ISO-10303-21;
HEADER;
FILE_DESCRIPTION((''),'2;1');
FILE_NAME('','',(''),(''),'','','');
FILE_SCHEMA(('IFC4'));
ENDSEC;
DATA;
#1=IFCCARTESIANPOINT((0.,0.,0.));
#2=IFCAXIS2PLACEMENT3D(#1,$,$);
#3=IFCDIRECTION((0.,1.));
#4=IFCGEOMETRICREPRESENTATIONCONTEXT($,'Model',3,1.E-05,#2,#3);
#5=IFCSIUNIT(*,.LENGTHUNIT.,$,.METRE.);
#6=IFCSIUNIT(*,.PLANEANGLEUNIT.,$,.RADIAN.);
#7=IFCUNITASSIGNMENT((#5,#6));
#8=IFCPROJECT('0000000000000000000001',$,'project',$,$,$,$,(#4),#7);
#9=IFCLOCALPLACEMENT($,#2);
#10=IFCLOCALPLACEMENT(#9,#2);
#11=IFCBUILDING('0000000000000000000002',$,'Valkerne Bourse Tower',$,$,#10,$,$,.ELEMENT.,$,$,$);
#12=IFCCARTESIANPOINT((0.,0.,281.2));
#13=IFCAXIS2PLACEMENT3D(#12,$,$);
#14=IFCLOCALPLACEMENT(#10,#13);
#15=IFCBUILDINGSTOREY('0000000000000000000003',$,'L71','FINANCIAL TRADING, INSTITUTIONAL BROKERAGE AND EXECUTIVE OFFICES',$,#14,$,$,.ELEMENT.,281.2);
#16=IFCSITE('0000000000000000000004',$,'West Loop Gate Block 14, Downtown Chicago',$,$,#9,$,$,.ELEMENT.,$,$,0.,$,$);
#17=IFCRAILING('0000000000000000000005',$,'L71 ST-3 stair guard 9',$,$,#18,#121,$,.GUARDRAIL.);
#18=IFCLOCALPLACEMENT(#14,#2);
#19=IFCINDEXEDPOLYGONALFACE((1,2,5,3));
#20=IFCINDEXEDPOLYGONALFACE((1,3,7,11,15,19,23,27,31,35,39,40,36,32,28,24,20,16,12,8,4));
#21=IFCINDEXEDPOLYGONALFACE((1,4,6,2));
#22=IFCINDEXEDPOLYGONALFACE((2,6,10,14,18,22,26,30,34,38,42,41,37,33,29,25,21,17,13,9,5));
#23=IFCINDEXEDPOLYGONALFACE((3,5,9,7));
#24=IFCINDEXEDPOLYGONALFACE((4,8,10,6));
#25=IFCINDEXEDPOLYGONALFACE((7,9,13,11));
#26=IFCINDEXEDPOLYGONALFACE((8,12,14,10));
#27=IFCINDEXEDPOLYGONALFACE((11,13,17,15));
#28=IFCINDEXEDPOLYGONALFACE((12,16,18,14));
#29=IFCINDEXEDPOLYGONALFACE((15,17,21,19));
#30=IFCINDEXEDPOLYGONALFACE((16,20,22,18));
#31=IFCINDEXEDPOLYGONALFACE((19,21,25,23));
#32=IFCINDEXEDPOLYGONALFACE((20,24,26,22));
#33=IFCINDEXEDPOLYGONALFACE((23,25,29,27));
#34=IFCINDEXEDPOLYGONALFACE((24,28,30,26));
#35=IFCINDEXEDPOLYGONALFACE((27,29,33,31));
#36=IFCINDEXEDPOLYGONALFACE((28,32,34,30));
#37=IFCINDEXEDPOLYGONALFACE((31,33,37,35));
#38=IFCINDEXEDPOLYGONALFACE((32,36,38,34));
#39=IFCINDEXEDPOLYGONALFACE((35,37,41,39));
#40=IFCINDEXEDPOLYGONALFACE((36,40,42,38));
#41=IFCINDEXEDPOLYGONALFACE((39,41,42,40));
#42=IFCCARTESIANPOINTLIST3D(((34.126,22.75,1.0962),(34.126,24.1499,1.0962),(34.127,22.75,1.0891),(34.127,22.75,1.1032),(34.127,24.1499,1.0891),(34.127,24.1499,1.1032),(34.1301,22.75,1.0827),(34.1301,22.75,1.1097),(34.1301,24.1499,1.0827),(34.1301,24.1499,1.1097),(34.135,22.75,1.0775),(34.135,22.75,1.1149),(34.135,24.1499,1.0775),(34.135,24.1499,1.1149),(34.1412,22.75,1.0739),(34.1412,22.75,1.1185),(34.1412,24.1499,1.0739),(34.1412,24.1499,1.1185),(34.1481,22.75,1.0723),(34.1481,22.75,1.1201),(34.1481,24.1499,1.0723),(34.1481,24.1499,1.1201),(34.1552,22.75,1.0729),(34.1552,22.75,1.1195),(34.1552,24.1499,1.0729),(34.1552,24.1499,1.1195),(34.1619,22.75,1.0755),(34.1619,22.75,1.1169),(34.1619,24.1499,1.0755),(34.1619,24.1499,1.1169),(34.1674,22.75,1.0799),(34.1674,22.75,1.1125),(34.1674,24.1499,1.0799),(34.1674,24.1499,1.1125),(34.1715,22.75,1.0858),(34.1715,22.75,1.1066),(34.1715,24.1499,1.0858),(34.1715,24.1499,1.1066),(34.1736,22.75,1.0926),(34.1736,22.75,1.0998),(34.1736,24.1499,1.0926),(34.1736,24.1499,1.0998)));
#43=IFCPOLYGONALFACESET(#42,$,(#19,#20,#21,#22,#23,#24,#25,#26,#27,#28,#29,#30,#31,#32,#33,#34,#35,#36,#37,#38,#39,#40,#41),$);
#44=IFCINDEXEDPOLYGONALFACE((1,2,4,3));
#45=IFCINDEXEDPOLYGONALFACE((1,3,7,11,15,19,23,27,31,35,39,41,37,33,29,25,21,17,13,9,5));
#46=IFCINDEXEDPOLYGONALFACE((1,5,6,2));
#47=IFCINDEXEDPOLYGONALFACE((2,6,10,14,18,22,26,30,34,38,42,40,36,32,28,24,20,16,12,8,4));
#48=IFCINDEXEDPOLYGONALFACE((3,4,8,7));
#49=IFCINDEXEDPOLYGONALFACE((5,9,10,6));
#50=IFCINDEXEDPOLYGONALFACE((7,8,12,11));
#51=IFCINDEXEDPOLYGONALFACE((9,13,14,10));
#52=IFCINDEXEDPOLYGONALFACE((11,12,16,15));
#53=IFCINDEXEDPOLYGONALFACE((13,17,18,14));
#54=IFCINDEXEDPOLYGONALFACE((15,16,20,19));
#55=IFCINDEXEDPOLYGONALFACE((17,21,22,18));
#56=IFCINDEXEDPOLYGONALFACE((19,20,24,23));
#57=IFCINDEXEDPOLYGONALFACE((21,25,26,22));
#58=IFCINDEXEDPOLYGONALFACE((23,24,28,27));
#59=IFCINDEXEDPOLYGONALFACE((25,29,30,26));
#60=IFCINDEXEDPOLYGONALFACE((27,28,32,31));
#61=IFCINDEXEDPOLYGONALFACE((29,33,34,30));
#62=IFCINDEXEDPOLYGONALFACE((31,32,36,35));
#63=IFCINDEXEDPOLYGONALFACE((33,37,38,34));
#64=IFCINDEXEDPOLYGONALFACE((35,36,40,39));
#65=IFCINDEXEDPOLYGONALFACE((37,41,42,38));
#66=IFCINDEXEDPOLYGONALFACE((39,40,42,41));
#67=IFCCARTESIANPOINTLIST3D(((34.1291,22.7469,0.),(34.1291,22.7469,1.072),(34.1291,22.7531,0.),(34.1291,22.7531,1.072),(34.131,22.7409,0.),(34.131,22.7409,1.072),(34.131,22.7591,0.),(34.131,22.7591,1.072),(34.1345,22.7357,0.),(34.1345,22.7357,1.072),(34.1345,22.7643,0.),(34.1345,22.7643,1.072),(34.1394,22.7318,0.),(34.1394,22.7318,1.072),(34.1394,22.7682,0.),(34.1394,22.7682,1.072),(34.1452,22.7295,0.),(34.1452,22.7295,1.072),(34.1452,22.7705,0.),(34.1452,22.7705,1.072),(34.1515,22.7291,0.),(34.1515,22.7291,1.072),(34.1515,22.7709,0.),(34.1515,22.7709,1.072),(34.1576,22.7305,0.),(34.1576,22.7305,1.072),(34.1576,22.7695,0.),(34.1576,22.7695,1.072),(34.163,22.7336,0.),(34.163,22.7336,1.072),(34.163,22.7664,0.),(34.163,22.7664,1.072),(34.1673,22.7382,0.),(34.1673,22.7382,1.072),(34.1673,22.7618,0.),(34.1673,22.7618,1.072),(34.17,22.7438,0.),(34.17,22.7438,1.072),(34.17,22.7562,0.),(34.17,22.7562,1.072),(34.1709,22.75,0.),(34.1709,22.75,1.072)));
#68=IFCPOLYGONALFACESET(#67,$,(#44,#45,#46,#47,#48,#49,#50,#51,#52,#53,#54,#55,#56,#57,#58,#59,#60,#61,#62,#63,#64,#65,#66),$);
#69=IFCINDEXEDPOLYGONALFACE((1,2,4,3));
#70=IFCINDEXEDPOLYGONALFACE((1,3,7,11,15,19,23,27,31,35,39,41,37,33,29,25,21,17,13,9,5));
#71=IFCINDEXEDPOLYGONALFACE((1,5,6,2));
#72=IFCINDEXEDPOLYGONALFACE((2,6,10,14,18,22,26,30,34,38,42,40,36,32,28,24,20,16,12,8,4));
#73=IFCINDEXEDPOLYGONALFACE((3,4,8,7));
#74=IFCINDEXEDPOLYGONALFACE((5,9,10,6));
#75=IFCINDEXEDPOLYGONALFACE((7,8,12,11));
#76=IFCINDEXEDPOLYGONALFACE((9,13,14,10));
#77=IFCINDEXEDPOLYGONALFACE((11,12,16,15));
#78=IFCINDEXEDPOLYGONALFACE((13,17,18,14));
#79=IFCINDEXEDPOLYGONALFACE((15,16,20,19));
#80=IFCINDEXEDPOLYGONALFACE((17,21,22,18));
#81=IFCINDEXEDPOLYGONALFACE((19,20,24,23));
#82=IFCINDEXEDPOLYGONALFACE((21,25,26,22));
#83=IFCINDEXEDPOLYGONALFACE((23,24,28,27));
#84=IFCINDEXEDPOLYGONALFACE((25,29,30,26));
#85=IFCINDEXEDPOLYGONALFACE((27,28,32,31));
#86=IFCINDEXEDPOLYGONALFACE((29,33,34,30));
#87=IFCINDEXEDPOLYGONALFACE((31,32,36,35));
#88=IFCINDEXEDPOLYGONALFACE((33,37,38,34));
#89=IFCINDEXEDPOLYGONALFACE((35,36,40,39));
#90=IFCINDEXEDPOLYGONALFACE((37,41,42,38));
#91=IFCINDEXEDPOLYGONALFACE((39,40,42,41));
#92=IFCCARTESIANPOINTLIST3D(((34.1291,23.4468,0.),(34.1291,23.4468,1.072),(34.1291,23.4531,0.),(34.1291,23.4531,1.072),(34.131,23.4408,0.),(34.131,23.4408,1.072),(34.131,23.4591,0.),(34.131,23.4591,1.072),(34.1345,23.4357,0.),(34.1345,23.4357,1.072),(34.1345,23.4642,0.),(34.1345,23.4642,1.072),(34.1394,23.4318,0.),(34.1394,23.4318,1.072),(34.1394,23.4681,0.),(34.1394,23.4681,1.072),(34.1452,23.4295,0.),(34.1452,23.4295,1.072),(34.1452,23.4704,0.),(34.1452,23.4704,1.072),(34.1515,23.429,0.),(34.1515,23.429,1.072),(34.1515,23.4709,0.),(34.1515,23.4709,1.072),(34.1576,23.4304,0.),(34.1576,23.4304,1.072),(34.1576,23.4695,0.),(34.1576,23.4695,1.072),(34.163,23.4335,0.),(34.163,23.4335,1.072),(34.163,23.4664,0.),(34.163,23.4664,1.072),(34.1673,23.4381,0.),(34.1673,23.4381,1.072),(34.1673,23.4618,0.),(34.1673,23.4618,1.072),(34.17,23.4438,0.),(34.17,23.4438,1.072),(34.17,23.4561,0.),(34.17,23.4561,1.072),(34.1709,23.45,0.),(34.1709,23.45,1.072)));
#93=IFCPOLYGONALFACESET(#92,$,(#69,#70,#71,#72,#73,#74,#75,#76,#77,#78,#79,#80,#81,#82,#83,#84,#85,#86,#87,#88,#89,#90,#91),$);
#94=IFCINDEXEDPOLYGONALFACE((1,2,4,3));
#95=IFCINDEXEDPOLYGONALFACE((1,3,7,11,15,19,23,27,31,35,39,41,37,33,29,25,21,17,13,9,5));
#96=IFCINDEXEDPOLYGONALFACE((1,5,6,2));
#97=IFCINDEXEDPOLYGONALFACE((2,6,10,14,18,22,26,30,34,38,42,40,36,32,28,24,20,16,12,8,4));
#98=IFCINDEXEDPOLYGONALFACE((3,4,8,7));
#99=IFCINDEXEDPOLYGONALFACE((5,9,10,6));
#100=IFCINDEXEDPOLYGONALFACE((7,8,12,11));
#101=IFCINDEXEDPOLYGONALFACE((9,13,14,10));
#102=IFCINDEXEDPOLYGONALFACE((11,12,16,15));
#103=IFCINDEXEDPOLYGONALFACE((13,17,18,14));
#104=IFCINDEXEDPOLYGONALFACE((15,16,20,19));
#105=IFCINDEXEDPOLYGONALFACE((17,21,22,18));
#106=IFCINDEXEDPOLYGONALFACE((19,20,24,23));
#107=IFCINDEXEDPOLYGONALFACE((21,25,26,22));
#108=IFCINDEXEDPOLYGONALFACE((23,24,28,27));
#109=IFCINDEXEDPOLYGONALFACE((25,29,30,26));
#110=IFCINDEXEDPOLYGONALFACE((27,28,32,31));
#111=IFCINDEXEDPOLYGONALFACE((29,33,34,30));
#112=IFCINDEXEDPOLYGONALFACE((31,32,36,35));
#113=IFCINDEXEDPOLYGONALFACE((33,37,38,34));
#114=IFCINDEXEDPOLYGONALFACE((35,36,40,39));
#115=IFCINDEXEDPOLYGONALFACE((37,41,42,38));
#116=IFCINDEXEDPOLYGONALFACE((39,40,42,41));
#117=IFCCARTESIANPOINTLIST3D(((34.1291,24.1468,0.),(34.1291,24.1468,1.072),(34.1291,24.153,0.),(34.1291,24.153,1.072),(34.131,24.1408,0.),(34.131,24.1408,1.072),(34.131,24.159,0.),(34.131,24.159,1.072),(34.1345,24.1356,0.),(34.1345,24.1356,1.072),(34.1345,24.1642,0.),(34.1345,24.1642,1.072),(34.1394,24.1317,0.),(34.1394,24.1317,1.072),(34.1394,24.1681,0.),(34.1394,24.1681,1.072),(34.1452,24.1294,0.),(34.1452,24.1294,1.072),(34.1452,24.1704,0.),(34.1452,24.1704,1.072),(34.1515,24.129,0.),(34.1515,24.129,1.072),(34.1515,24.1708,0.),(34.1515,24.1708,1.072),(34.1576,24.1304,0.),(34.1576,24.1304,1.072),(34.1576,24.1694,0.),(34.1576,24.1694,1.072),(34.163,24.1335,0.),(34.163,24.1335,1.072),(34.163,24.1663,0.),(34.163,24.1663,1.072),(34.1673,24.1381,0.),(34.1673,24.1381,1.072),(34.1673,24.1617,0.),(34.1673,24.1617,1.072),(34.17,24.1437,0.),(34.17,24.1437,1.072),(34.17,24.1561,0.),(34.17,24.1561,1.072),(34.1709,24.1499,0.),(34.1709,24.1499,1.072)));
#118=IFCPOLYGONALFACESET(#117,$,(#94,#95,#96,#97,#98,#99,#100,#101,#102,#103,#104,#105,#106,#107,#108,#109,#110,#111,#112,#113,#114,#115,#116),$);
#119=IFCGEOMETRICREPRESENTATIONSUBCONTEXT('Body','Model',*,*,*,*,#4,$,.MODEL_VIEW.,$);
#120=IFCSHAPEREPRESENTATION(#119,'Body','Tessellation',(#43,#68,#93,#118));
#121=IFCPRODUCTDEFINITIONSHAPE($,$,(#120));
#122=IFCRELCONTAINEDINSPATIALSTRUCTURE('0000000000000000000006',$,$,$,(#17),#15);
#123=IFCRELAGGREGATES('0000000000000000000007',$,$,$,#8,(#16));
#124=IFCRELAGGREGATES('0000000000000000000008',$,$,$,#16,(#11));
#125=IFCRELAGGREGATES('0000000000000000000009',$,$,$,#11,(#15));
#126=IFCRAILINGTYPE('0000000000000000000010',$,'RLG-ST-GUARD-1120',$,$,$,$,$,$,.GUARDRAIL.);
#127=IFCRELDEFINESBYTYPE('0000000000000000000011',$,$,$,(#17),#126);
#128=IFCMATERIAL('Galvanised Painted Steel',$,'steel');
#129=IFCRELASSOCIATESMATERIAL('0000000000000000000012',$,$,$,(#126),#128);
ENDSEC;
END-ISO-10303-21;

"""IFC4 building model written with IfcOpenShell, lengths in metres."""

from ifc_helpers import new_model, si_unit, direction, frame, origin, origin_2d, place, context, subcontext, project, spatial, circle, extrude, material, type_object, element, save


model = new_model("IFC4")

# Units and contexts
model_context = context("Model", 3, precision=1e-05, world=origin(), true_north=direction((0.0, 1.0)))
body_context = subcontext(model_context, "Body", "Model", "MODEL_VIEW")
ifc_project = project(units=[si_unit("LENGTHUNIT", "METRE"), si_unit("PLANEANGLEUNIT", "RADIAN")], contexts=[model_context])

# Site, building, storey
site_placement = place(None, origin())
site = spatial("IfcSite", under=ifc_project, at=site_placement, Name="West Loop Gate Block 14, Downtown Chicago", CompositionType="ELEMENT", RefElevation=0.0)
building_placement = place(site_placement, origin())
building = spatial("IfcBuilding", under=site, at=building_placement, Name="Valkerne Bourse Tower", CompositionType="ELEMENT")
storey_placement = place(building_placement, frame((0.0, 0.0, 281.2)))
storey = spatial("IfcBuildingStorey", under=building, at=storey_placement, Name="L71", Description="FINANCIAL TRADING, INSTITUTIONAL BROKERAGE AND EXECUTIVE OFFICES", CompositionType="ELEMENT", Elevation=281.2)

# Shared definitions
ifc_material_1 = material(Name="Galvanised Painted Steel", Category="steel")

# Railing
railing_type_1 = type_object("IfcRailingType", Name="RLG-ST-GUARD-1120", PredefinedType="GUARDRAIL", material=ifc_material_1)
railing_1_placement = place(storey_placement, frame((34.1499, 22.75, 0.0)))
element("IfcRailing", 1, at=railing_1_placement, inside=storey, type_object=railing_type_1, Name="L71 ST-3 stair guard 9", PredefinedType="GUARDRAIL", context=body_context, shape_type="SweptSolid", body=[
    extrude(circle(Radius=0.0239, at=origin_2d()), frame((0.0, 0.0, 1.0962), z_axis=(0.0, 1.0, 0.0), x_axis=(-1.0, 0.0, 0.0)), (0.0, 0.0, 1.0), 1.3999),
    extrude(circle(Radius=0.021, at=origin_2d()), origin(), (0.0, 0.0, 1.0), 1.072),
    extrude(circle(Radius=0.021, at=origin_2d()), frame((0.0, 0.7, 0.0)), (0.0, 0.0, 1.0), 1.072),
    extrude(circle(Radius=0.021, at=origin_2d()), frame((0.0, 1.3999, 0.0)), (0.0, 0.0, 1.0), 1.072),
])

save(model, "model.ifc")
